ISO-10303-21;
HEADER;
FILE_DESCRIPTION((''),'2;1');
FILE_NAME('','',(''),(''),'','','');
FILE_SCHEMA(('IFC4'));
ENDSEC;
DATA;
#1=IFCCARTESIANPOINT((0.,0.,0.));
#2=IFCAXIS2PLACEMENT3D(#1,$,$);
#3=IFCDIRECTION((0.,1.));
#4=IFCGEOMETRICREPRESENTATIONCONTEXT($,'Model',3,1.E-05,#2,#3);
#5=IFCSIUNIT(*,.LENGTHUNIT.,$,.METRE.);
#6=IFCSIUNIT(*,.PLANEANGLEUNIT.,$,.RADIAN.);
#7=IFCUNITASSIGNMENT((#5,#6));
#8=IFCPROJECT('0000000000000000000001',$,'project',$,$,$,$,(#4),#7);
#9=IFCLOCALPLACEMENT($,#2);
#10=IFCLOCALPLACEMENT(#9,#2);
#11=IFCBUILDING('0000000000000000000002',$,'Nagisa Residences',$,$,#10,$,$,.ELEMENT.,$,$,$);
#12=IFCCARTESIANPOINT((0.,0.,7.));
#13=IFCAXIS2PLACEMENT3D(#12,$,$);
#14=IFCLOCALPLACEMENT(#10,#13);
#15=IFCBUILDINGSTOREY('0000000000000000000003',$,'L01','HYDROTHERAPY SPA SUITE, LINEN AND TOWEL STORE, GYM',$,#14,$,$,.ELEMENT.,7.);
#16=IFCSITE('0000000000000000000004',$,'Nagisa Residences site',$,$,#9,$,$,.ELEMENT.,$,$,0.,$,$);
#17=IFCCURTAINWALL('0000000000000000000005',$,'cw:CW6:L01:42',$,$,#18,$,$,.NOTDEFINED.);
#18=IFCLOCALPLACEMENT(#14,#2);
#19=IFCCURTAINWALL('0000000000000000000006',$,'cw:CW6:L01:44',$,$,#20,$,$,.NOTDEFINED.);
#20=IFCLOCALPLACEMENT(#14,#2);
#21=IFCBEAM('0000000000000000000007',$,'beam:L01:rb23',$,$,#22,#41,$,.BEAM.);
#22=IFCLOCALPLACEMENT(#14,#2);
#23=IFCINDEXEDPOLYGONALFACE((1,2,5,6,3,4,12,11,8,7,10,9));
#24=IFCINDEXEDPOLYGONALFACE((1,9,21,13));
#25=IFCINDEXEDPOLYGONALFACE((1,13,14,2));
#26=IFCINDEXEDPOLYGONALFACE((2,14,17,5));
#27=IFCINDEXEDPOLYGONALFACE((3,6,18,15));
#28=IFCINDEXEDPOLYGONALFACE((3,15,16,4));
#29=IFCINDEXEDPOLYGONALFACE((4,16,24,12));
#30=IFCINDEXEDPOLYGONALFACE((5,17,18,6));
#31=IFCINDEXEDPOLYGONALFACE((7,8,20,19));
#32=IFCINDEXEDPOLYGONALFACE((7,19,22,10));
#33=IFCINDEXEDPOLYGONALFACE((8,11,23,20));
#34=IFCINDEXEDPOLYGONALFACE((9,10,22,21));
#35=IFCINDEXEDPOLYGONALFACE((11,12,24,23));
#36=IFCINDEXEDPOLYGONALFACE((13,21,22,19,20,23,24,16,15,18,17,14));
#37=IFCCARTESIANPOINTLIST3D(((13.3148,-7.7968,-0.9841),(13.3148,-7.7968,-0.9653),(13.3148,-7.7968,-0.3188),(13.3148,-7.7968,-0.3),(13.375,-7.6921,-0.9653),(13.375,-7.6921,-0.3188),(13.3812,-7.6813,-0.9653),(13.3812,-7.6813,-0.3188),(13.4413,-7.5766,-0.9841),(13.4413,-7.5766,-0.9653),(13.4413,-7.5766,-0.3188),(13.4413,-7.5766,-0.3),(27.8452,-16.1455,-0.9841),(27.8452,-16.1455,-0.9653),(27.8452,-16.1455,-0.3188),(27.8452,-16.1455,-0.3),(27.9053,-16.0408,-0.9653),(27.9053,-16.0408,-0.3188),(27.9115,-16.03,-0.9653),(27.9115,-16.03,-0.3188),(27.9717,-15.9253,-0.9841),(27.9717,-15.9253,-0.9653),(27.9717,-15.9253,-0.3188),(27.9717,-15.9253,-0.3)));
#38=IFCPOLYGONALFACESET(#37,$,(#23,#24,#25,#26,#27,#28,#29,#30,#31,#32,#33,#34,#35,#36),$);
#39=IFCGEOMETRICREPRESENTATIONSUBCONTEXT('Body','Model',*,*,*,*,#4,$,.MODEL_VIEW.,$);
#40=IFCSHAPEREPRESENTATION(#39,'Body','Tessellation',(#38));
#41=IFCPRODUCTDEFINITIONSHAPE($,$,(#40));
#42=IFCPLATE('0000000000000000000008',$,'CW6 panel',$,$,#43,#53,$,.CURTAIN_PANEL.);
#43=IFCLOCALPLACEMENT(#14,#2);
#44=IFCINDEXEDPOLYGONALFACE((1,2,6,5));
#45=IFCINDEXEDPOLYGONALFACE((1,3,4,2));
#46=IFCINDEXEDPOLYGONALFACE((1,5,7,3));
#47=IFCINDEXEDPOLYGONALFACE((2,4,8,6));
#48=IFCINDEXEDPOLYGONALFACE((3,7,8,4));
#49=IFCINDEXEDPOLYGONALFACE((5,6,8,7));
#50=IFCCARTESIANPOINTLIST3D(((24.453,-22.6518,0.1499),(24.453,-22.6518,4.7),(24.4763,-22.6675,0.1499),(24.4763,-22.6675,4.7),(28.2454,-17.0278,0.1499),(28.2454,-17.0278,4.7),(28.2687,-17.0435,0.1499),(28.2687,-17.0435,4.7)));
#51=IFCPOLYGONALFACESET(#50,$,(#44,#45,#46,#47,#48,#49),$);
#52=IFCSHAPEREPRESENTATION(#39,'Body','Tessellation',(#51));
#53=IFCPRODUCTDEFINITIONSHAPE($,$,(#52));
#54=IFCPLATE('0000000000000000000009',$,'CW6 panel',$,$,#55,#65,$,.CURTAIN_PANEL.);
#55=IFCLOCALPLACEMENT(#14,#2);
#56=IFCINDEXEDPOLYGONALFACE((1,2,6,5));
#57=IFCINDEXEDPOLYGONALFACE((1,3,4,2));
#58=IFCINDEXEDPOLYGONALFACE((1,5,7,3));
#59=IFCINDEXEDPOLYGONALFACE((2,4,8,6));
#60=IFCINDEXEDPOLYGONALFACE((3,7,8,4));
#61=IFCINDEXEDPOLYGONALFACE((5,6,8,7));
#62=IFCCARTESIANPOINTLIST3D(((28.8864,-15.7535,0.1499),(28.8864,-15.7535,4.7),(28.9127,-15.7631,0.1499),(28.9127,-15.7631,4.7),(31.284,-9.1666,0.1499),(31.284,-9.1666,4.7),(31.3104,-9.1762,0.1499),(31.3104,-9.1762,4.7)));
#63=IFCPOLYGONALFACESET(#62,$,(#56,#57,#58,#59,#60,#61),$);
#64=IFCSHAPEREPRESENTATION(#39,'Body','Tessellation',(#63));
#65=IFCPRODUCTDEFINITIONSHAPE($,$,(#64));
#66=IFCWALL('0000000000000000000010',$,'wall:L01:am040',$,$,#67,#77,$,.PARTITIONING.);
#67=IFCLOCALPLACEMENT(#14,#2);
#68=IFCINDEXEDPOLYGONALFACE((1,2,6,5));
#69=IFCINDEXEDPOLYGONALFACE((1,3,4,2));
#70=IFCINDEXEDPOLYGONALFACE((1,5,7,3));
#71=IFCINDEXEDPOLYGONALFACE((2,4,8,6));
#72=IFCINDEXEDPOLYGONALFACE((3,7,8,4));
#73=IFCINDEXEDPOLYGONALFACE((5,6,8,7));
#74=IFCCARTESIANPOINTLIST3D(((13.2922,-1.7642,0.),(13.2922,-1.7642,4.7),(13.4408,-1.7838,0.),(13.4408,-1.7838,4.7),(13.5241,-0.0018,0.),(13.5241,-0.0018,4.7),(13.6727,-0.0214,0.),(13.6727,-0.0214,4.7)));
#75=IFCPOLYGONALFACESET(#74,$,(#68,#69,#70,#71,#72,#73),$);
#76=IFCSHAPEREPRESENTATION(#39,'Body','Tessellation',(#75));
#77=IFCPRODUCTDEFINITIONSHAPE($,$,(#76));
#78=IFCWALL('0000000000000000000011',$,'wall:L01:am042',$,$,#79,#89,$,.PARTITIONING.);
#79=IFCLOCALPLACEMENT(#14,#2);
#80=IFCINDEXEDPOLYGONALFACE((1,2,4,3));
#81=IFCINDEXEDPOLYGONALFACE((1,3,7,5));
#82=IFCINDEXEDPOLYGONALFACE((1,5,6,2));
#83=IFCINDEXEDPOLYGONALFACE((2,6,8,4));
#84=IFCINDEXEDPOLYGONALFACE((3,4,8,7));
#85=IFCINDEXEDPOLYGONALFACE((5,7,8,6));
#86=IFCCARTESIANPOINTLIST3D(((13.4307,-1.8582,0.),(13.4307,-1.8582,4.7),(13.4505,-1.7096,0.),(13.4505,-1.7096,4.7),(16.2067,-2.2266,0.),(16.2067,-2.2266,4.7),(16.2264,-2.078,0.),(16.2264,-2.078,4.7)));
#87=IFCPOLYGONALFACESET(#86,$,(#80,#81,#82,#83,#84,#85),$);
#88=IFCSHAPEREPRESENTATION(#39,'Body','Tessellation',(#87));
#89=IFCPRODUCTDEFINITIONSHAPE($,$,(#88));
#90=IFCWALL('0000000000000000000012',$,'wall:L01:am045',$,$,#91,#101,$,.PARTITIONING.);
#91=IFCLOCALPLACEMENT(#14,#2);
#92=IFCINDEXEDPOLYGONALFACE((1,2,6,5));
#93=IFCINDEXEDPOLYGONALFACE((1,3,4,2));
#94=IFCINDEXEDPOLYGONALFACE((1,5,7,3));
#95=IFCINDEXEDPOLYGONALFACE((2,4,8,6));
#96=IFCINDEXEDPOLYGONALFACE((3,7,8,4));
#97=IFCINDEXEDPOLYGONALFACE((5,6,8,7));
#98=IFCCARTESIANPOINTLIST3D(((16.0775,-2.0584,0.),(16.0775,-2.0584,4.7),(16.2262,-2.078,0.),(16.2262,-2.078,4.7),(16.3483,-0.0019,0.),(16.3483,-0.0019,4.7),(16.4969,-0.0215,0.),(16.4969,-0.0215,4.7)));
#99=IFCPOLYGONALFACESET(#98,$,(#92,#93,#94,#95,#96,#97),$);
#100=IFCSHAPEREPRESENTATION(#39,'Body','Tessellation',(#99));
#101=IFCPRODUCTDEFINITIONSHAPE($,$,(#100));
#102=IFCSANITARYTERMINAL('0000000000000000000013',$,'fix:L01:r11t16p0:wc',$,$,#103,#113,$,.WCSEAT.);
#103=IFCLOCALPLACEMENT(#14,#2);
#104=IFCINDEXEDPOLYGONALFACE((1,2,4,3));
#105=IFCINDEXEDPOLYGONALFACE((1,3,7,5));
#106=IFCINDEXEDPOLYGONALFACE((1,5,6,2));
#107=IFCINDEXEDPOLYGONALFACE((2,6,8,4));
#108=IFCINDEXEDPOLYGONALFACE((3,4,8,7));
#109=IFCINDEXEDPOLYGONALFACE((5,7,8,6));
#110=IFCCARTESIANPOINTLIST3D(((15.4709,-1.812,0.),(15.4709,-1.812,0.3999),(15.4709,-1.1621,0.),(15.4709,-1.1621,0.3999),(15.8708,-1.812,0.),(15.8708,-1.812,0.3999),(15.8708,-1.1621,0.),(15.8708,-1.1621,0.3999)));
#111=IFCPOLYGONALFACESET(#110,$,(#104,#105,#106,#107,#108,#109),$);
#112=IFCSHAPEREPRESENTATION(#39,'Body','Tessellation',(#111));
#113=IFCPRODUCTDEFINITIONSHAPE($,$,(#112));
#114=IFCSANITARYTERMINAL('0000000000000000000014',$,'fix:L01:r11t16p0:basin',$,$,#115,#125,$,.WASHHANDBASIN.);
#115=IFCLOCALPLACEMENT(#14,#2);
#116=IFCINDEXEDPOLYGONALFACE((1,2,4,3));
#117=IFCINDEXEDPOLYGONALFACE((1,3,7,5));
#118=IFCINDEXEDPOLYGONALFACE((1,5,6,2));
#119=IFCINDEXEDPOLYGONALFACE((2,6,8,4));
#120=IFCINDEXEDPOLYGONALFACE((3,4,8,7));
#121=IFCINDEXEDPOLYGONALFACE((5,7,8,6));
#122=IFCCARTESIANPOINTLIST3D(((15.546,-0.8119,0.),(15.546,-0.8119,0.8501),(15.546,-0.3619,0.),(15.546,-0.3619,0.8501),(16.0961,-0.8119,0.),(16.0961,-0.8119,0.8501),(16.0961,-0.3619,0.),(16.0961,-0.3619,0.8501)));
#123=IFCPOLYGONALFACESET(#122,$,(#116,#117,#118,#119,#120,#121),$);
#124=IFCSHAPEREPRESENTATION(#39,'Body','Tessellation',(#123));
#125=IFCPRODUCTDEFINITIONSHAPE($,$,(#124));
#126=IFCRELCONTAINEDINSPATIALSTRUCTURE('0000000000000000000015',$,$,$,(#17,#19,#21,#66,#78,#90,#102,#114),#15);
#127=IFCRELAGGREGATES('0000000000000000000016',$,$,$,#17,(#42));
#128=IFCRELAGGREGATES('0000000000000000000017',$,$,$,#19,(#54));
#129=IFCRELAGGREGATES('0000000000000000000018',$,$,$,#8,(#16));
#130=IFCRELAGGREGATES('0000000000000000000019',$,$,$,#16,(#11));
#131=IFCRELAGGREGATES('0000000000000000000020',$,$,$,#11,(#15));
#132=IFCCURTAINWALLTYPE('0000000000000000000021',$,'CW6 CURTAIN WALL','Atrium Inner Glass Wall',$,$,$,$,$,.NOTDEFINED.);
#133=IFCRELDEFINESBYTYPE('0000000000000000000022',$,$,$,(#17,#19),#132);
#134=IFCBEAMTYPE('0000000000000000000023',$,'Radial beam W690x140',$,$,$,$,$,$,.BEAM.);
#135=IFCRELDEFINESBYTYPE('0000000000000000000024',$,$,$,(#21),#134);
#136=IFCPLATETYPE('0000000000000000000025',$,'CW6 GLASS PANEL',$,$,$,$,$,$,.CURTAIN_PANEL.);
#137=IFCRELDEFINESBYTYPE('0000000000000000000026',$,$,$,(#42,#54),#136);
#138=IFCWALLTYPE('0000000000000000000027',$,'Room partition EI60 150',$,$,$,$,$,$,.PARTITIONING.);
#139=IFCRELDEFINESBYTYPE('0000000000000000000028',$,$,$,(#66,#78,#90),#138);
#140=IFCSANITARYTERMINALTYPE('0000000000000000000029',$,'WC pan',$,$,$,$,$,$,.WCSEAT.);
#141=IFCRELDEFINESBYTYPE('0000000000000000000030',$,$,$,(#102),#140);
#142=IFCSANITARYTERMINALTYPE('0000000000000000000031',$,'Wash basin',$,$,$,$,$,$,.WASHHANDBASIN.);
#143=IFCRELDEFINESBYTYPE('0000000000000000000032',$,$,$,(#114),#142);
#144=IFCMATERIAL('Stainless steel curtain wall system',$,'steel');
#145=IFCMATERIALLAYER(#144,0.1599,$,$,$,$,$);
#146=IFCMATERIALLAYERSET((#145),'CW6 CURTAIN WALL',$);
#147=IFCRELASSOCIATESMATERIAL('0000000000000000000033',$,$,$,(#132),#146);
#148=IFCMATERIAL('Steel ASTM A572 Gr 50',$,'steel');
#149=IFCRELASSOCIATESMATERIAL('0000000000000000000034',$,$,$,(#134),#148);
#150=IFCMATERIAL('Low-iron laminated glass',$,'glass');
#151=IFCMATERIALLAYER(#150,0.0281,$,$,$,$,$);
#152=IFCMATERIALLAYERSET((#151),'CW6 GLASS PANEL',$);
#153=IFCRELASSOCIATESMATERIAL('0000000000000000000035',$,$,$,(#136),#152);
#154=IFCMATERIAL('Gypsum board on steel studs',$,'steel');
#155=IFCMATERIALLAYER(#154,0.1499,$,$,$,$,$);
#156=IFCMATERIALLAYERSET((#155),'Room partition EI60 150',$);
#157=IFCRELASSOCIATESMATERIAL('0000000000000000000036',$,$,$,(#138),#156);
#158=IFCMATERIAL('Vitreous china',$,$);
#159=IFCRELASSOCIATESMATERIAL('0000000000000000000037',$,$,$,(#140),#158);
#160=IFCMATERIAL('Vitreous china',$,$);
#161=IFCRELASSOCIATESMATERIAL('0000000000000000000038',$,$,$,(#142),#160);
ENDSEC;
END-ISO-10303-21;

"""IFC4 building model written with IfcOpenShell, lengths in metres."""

from ifc_helpers import new_model, si_unit, direction, frame, frame_2d, origin, origin_2d, place, context, subcontext, project, spatial, rectangle, i_section, extrude, material, layer, layer_set, material_profile, profile_set, type_object, element, aggregate, save


model = new_model("IFC4")

# Units and contexts
model_context = context("Model", 3, precision=1e-05, world=origin(), true_north=direction((0.0, 1.0)))
body_context = subcontext(model_context, "Body", "Model", "MODEL_VIEW")
ifc_project = project(units=[si_unit("LENGTHUNIT", "METRE"), si_unit("PLANEANGLEUNIT", "RADIAN")], contexts=[model_context])

# Site, building, storey
site_placement = place(None, origin())
site = spatial("IfcSite", under=ifc_project, at=site_placement, Name="Nagisa Residences site", CompositionType="ELEMENT", RefElevation=0.0)
building_placement = place(site_placement, origin())
building = spatial("IfcBuilding", under=site, at=building_placement, Name="Nagisa Residences", CompositionType="ELEMENT")
storey_placement = place(building_placement, frame((0.0, 0.0, 7.0)))
storey = spatial("IfcBuildingStorey", under=building, at=storey_placement, Name="L01", Description="HYDROTHERAPY SPA SUITE, LINEN AND TOWEL STORE, GYM", CompositionType="ELEMENT", Elevation=7.0)

# Curtain wall
ifc_material_1 = material(Name="Stainless steel curtain wall system", Category="steel")
ifc_layer_1 = layer(ifc_material_1, 0.1599)
ifc_layer_set_1 = layer_set([ifc_layer_1], Name="CW6 CURTAIN WALL")
curtain_wall_type = type_object("IfcCurtainWallType", Name="CW6 CURTAIN WALL", Description="Atrium Inner Glass Wall", PredefinedType="NOTDEFINED", material=ifc_layer_set_1)
curtain_wall_1_placement = place(storey_placement, origin())
curtain_wall_1 = element("IfcCurtainWall", 1, at=curtain_wall_1_placement, inside=storey, type_object=curtain_wall_type, Name="cw:CW6:L01:42", PredefinedType="NOTDEFINED")

# Curtain wall
curtain_wall_2_placement = place(storey_placement, origin())
curtain_wall_2 = element("IfcCurtainWall", 2, at=curtain_wall_2_placement, inside=storey, type_object=curtain_wall_type, Name="cw:CW6:L01:44", PredefinedType="NOTDEFINED")

# Beam
ifc_material_2 = material(Name="Steel ASTM A572 Gr 50", Category="steel")
ifc_material_profile_1 = material_profile(ifc_material_2, i_section(OverallWidth=0.2539, OverallDepth=0.6841, WebThickness=0.0125, FlangeThickness=0.0188, at=origin_2d()), Name="W690x140")
ifc_profile_set_1 = profile_set([ifc_material_profile_1], Name="Steel ASTM A572 Gr 50")
beam_type_1 = type_object("IfcBeamType", Name="Radial beam W690x140", PredefinedType="BEAM", material=ifc_profile_set_1)
beam_1_placement = place(storey_placement, frame((27.9084, -16.0354, -0.6421), z_axis=(-0.867068, 0.49819, 0.0), x_axis=(-0.49819, -0.867068, 0.0)))
element("IfcBeam", 3, at=beam_1_placement, inside=storey, type_object=beam_type_1, Name="beam:L01:rb23", PredefinedType="BEAM", context=body_context, shape_type="SweptSolid", body=[
    extrude(i_section(OverallWidth=0.2539, OverallDepth=0.6841, WebThickness=0.0125, FlangeThickness=0.0188, at=origin_2d()), origin(), (0.0, 0.0, 1.0), 16.7581),
])

# Plates
ifc_material_3 = material(Name="Low-iron laminated glass", Category="glass")
ifc_layer_2 = layer(ifc_material_3, 0.0281)
ifc_layer_set_2 = layer_set([ifc_layer_2], Name="CW6 GLASS PANEL")
plate_type = type_object("IfcPlateType", Name="CW6 GLASS PANEL", PredefinedType="CURTAIN_PANEL", material=ifc_layer_set_2)
plate_1_placement = place(storey_placement, frame((26.3608, -19.8477, 0.1499), z_axis=(0.0, 0.0, 1.0), x_axis=(0.559084, 0.829111, 0.0)))
plate_1 = element("IfcPlate", 4, at=plate_1_placement, type_object=plate_type, Name="CW6 panel", PredefinedType="CURTAIN_PANEL", context=body_context, shape_type="SweptSolid", body=[
    extrude(rectangle(XDim=6.7832, YDim=0.0281, at=origin_2d()), origin(), (0.0, 0.0, 1.0), 4.55),
])
aggregate(curtain_wall_1, [plate_1])
plate_2_placement = place(storey_placement, frame((30.0984, -12.4648, 0.1499), z_axis=(0.0, 0.0, 1.0), x_axis=(0.34205, 0.939682, 0.0)))
plate_2 = element("IfcPlate", 5, at=plate_2_placement, type_object=plate_type, Name="CW6 panel", PredefinedType="CURTAIN_PANEL", context=body_context, shape_type="SweptSolid", body=[
    extrude(rectangle(XDim=7.0098, YDim=0.0281, at=origin_2d()), origin(), (0.0, 0.0, 1.0), 4.55),
])
aggregate(curtain_wall_2, [plate_2])

# Walls
ifc_material_4 = material(Name="Gypsum board on steel studs", Category="steel")
ifc_layer_3 = layer(ifc_material_4, 0.1499)
ifc_layer_set_3 = layer_set([ifc_layer_3], Name="Room partition EI60 150")
wall_type = type_object("IfcWallType", Name="Room partition EI60 150", PredefinedType="PARTITIONING", material=ifc_layer_set_3)
wall_1_placement = place(storey_placement, frame((13.5984, -0.0117, 0.0), z_axis=(0.0, 0.0, 1.0), x_axis=(-0.130472, -0.991452, 0.0)))
element("IfcWall", 6, at=wall_1_placement, inside=storey, type_object=wall_type, Name="wall:L01:am040", PredefinedType="PARTITIONING", context=body_context, shape_type="SweptSolid", body=[
    extrude(rectangle(XDim=1.7776, YDim=0.1499, at=frame_2d((0.8887, 0.0))), origin(), (0.0, 0.0, 1.0), 4.7),
])
wall_2_placement = place(storey_placement, frame((16.2166, -2.1523, 0.0), z_axis=(0.0, 0.0, 1.0), x_axis=(-0.991308, 0.131564, 0.0)))
element("IfcWall", 7, at=wall_2_placement, inside=storey, type_object=wall_type, Name="wall:L01:am042", PredefinedType="PARTITIONING", context=body_context, shape_type="SweptSolid", body=[
    extrude(rectangle(XDim=2.8003, YDim=0.1499, at=frame_2d((1.4001, 0.0))), origin(), (0.0, 0.0, 1.0), 4.7),
])
wall_3_placement = place(storey_placement, frame((16.4226, -0.0117, 0.0), z_axis=(0.0, 0.0, 1.0), x_axis=(-0.130537, -0.991443, 0.0)))
element("IfcWall", 8, at=wall_3_placement, inside=storey, type_object=wall_type, Name="wall:L01:am045", PredefinedType="PARTITIONING", context=body_context, shape_type="SweptSolid", body=[
    extrude(rectangle(XDim=2.0742, YDim=0.1499, at=frame_2d((1.0371, 0.0))), origin(), (0.0, 0.0, 1.0), 4.7),
])

# Sanitary terminals
ifc_material_5 = material(Name="Vitreous china")
sanitary_terminal_type_1 = type_object("IfcSanitaryTerminalType", Name="WC pan", PredefinedType="WCSEAT", material=ifc_material_5)
sanitary_terminal_1_placement = place(storey_placement, frame((15.6709, -1.4871, 0.0), z_axis=(0.0, 0.0, 1.0), x_axis=(1.0, 0.0, 0.0)))
element("IfcSanitaryTerminal", 9, at=sanitary_terminal_1_placement, inside=storey, type_object=sanitary_terminal_type_1, Name="fix:L01:r11t16p0:wc", PredefinedType="WCSEAT", context=body_context, shape_type="SweptSolid", body=[
    extrude(rectangle(XDim=0.3999, YDim=0.6499, at=origin_2d()), origin(), (0.0, 0.0, 1.0), 0.3999),
])
ifc_material_6 = material(Name="Vitreous china")
sanitary_terminal_type_2 = type_object("IfcSanitaryTerminalType", Name="Wash basin", PredefinedType="WASHHANDBASIN", material=ifc_material_6)
sanitary_terminal_2_placement = place(storey_placement, frame((15.821, -0.5869, 0.0), z_axis=(0.0, 0.0, 1.0), x_axis=(1.0, 0.0, 0.0)))
element("IfcSanitaryTerminal", 10, at=sanitary_terminal_2_placement, inside=storey, type_object=sanitary_terminal_type_2, Name="fix:L01:r11t16p0:basin", PredefinedType="WASHHANDBASIN", context=body_context, shape_type="SweptSolid", body=[
    extrude(rectangle(XDim=0.55, YDim=0.45, at=origin_2d()), origin(), (0.0, 0.0, 1.0), 0.8501),
])

save(model, "model.ifc")
